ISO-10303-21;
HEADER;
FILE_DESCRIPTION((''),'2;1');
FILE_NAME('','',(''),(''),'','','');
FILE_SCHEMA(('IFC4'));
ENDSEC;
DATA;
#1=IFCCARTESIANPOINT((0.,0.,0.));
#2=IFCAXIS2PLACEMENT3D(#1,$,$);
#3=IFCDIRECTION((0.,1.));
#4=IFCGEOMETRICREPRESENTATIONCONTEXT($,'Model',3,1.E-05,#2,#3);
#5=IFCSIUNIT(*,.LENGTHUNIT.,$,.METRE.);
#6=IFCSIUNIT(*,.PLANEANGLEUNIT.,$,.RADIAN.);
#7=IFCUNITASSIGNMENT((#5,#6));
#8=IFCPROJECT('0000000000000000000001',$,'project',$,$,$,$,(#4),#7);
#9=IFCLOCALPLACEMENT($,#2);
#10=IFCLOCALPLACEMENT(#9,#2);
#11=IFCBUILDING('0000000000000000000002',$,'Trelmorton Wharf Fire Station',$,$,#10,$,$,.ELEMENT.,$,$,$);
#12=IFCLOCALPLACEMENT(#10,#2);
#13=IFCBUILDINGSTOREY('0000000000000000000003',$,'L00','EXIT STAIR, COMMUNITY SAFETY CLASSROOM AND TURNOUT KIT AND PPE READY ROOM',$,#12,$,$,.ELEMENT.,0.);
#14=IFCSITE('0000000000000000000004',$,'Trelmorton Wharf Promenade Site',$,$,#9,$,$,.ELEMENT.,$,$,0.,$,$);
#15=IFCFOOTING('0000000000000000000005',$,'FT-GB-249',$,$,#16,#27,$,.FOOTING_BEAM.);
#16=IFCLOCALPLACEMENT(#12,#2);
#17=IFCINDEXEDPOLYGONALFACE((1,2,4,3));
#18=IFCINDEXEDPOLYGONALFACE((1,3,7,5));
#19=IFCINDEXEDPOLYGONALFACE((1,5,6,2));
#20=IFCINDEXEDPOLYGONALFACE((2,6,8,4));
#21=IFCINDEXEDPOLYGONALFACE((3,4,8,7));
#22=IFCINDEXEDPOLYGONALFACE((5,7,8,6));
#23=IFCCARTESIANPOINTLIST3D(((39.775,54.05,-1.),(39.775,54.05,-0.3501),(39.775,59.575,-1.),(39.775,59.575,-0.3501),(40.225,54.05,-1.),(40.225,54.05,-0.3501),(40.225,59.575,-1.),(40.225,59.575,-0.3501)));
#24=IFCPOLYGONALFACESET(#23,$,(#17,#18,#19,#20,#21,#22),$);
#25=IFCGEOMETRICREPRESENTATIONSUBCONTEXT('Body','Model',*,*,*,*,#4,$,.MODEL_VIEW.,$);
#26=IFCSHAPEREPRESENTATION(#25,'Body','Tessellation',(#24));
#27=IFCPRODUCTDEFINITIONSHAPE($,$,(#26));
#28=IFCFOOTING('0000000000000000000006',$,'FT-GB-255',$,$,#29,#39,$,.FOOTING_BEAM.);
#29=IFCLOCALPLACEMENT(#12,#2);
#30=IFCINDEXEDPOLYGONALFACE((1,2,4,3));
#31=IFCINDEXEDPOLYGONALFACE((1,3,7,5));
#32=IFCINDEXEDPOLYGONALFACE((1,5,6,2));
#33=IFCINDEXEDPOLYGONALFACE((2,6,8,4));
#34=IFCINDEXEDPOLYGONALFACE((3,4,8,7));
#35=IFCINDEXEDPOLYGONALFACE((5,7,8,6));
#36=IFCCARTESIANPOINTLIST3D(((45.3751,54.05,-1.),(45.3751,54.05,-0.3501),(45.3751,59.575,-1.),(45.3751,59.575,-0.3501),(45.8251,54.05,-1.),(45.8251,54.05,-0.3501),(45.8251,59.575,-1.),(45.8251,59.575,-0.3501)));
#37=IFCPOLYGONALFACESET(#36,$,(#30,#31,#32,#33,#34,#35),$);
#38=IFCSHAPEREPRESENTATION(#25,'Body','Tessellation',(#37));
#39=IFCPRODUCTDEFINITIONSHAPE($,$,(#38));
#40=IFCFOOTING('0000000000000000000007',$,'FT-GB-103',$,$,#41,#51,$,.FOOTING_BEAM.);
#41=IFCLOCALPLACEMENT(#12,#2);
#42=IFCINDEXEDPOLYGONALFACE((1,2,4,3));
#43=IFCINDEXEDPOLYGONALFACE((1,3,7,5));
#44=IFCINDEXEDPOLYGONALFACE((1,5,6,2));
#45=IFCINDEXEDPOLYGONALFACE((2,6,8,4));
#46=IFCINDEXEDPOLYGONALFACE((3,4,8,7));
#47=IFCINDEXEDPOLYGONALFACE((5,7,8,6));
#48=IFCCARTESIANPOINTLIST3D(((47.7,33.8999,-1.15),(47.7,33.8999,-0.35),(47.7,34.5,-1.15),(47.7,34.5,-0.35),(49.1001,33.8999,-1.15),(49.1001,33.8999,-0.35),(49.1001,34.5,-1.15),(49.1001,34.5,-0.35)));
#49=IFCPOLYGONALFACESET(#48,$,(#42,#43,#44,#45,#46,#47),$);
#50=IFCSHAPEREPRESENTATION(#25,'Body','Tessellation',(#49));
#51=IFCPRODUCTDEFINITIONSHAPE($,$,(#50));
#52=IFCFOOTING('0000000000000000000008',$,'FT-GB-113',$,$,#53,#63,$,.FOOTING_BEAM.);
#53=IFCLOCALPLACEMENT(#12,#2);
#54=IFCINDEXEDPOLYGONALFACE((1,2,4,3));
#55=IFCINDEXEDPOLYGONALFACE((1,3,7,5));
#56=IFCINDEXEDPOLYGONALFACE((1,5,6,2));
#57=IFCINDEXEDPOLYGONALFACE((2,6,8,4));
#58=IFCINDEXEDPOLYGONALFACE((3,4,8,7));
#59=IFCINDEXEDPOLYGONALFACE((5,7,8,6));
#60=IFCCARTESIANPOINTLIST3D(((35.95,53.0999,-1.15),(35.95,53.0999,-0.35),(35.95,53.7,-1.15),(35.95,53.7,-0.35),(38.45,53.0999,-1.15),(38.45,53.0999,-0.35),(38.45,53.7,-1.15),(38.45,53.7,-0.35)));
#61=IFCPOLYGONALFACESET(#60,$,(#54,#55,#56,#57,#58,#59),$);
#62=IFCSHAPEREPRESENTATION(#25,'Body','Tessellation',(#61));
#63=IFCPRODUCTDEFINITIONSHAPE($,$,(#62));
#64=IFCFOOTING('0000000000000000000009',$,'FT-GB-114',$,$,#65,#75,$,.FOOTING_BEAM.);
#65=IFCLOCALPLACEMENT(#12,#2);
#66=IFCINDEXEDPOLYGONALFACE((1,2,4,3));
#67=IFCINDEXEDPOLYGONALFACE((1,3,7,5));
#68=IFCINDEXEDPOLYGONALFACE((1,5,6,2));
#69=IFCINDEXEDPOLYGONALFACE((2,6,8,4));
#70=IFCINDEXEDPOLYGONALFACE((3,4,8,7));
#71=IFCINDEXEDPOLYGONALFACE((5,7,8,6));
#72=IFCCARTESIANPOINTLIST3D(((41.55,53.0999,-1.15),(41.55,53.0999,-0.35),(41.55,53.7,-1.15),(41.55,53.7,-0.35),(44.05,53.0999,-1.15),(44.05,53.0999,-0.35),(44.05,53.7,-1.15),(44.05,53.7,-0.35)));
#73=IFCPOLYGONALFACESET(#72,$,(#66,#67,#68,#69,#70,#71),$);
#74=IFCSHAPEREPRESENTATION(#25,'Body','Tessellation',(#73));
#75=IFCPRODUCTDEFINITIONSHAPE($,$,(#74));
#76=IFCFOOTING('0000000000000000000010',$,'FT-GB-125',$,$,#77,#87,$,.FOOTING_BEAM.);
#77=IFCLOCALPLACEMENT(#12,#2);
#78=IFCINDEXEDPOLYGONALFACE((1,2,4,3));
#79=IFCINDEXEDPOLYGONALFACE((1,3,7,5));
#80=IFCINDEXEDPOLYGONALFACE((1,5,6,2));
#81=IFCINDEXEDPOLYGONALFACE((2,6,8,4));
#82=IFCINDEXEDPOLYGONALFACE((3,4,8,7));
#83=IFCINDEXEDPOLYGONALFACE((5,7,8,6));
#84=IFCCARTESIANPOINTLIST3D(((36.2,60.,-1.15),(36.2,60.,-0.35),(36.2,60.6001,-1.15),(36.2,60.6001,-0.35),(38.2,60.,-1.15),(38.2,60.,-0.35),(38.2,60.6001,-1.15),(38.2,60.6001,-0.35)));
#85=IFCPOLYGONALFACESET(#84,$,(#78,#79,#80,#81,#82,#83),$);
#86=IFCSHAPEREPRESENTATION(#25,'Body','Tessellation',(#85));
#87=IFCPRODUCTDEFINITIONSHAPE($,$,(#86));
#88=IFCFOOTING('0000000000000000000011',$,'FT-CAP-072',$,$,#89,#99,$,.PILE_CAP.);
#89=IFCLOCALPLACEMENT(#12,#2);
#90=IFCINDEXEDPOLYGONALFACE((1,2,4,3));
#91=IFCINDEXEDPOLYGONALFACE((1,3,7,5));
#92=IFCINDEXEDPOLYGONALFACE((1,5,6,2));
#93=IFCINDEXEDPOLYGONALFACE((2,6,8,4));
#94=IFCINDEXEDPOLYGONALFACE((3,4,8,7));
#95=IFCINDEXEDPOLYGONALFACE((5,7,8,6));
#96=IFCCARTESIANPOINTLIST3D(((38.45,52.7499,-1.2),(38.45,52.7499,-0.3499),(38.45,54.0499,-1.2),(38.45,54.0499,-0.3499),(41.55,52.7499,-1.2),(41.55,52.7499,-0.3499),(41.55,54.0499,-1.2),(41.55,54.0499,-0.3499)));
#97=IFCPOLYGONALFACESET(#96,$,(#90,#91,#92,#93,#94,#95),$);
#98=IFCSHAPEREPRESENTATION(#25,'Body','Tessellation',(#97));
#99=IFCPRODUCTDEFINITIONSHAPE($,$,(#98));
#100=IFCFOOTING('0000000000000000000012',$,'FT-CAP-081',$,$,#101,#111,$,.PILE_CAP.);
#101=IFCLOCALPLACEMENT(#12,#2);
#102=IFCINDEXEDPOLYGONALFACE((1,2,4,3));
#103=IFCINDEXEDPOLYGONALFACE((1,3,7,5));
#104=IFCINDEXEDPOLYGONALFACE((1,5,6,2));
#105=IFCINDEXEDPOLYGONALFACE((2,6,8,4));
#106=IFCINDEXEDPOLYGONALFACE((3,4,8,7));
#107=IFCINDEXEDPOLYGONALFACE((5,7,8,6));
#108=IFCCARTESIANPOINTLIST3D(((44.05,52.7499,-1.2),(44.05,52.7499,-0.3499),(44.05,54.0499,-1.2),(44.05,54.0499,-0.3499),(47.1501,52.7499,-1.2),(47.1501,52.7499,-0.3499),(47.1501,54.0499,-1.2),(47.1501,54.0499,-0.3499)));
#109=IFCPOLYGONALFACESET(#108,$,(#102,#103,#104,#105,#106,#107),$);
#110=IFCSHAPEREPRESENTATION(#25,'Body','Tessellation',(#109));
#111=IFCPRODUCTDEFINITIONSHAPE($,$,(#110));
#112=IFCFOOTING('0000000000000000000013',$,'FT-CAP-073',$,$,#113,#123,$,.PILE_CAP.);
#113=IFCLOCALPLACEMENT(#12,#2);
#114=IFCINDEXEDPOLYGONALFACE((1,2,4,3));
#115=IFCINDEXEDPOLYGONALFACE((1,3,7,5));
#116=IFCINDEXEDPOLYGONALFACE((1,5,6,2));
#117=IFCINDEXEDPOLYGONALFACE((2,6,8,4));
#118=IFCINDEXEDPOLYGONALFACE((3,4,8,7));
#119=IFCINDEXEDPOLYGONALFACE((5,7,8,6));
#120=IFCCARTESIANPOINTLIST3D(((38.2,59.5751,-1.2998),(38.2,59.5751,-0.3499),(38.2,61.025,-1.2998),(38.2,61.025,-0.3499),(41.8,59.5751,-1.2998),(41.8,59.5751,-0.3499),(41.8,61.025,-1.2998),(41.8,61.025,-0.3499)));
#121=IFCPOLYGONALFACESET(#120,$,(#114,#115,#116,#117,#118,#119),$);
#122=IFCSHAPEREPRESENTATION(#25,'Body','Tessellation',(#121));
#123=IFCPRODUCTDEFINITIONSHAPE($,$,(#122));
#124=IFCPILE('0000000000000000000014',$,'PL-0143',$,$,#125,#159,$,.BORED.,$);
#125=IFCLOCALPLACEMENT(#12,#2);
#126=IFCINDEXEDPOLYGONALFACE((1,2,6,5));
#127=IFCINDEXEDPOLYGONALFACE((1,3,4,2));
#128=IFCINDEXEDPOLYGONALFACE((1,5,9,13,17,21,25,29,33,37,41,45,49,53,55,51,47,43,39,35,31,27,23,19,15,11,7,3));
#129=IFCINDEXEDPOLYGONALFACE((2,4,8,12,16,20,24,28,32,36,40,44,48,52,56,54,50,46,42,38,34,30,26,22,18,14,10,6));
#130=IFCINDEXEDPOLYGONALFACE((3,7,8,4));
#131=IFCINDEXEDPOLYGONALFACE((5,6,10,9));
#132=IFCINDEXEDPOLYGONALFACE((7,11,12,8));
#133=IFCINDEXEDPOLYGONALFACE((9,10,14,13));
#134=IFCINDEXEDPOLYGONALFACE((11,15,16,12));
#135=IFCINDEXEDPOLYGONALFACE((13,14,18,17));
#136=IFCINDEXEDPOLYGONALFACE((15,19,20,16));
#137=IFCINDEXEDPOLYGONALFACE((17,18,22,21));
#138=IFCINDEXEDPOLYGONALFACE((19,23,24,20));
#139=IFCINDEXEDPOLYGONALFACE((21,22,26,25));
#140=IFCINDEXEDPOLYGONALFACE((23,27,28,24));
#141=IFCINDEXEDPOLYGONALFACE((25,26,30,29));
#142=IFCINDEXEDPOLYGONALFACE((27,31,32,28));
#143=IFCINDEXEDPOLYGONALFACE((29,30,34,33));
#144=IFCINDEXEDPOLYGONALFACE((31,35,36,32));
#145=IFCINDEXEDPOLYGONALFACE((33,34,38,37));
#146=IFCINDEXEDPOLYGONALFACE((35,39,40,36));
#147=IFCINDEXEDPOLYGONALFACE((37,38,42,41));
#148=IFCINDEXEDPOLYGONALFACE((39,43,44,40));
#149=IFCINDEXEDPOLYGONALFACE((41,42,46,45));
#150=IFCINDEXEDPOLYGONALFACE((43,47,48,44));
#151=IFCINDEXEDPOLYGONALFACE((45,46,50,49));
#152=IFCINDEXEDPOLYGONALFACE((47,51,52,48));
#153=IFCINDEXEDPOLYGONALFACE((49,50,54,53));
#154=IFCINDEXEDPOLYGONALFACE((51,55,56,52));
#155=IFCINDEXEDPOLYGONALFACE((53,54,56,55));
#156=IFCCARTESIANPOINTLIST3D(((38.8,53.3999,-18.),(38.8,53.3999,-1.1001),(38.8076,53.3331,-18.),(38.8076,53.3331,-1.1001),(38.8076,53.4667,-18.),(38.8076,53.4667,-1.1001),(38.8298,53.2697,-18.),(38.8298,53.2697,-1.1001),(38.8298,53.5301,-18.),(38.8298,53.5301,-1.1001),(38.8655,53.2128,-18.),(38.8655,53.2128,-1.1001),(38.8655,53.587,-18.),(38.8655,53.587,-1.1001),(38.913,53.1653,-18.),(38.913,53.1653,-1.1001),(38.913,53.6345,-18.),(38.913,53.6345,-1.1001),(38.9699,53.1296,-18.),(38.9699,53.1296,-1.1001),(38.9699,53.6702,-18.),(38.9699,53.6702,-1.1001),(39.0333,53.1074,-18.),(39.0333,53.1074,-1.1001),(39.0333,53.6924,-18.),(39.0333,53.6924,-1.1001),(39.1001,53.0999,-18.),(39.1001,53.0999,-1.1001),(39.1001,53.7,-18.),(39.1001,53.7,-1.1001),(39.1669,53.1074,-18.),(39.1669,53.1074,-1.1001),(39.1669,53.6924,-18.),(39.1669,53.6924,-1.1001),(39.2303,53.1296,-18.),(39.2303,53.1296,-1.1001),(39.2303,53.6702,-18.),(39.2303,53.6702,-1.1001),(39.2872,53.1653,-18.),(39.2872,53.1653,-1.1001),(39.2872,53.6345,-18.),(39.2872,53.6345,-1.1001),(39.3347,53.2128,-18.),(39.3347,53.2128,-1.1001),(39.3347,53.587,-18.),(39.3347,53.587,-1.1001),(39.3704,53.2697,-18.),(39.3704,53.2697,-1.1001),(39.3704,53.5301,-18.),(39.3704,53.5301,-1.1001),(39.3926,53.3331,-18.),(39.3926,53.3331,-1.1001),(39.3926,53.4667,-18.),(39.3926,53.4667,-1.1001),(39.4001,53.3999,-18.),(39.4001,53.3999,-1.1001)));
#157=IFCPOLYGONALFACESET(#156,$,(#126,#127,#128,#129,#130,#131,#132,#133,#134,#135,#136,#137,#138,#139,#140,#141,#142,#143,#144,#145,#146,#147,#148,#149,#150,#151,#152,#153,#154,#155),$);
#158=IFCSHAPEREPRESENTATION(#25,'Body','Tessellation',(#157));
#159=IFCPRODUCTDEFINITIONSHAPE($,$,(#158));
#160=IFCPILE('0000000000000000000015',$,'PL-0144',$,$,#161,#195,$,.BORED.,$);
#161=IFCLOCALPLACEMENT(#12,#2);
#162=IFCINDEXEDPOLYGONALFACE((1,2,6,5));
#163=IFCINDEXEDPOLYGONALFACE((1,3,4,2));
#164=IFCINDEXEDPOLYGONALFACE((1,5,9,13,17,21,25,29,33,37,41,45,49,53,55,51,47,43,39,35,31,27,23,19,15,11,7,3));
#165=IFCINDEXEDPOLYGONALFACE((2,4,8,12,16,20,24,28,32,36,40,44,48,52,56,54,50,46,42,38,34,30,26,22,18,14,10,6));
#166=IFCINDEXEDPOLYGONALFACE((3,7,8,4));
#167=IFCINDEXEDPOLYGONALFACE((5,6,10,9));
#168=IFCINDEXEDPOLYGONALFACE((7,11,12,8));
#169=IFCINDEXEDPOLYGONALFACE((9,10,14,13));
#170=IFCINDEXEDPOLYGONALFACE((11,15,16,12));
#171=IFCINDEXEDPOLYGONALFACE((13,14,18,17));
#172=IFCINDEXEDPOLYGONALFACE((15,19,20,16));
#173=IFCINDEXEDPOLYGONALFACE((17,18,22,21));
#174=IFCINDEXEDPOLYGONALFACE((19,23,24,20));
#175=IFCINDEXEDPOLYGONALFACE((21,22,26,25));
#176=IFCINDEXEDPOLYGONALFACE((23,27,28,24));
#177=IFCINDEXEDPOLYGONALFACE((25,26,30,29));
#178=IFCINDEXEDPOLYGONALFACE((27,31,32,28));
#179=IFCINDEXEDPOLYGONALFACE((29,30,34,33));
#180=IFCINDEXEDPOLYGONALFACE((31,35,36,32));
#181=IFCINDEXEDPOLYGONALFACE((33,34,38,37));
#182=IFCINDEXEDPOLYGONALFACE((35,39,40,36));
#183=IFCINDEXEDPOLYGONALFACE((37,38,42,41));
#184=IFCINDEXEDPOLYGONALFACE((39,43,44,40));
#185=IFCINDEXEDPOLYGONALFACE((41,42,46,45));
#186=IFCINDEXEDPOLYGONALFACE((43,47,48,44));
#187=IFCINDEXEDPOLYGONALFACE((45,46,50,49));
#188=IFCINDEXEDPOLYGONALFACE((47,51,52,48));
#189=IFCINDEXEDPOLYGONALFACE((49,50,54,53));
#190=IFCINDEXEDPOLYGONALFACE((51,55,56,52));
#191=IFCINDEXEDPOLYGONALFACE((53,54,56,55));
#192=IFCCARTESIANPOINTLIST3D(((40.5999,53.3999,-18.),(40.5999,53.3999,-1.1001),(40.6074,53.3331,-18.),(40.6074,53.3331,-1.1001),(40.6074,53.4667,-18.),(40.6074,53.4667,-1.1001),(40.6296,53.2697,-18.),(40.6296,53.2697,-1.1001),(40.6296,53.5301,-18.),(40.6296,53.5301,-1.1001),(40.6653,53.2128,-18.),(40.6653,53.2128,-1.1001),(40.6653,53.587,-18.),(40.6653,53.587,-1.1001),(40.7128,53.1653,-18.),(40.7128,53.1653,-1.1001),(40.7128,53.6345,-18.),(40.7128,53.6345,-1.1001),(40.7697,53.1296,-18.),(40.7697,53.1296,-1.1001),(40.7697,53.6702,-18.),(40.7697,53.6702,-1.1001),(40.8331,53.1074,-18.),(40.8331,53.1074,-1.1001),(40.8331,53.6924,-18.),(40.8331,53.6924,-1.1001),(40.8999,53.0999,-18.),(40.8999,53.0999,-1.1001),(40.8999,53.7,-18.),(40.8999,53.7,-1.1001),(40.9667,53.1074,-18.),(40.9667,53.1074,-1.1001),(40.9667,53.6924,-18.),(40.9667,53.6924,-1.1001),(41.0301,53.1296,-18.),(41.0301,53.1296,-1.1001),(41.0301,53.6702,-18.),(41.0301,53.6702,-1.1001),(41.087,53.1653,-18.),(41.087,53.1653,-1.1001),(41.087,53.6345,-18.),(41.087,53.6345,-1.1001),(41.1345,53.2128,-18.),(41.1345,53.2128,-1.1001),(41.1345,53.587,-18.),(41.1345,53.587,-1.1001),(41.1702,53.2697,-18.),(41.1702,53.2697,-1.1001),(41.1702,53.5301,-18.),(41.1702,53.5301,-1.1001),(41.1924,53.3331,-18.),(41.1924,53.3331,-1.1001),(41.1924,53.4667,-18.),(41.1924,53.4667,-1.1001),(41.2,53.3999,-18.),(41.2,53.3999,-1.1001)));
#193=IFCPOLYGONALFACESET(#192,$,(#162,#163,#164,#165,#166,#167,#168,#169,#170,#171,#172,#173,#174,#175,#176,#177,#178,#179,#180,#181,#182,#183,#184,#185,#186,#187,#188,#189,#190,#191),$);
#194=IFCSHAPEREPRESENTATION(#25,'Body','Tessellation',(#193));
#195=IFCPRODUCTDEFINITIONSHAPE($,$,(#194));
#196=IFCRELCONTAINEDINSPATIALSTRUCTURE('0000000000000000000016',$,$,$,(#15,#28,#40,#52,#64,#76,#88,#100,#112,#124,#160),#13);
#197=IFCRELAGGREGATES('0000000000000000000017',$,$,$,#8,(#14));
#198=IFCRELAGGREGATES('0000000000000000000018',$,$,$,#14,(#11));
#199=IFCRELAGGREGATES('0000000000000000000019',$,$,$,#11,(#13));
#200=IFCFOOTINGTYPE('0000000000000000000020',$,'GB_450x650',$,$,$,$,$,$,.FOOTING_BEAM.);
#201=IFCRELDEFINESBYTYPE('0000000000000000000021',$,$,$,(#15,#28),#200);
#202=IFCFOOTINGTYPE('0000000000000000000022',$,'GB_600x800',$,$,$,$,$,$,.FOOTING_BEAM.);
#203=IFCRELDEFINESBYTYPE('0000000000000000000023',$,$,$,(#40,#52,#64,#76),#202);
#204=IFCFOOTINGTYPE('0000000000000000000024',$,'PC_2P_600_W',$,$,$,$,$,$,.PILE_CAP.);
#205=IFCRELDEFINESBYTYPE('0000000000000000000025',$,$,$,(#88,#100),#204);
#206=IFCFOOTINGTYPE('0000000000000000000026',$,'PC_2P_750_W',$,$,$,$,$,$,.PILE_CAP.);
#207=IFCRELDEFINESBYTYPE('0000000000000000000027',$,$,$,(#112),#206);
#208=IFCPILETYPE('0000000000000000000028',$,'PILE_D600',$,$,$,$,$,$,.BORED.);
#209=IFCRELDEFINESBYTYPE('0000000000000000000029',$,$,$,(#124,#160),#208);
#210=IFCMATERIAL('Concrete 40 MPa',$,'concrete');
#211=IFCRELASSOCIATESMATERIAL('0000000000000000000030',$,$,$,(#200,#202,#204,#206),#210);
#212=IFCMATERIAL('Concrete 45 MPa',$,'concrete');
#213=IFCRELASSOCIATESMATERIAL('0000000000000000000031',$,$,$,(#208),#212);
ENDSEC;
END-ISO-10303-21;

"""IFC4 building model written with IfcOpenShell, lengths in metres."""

from ifc_helpers import new_model, si_unit, direction, frame, origin, origin_2d, place, context, subcontext, project, spatial, rectangle, circle, extrude, material, material_profile, profile_set, type_object, element, save


model = new_model("IFC4")

# Units and contexts
model_context = context("Model", 3, precision=1e-05, world=origin(), true_north=direction((0.0, 1.0)))
body_context = subcontext(model_context, "Body", "Model", "MODEL_VIEW")
ifc_project = project(units=[si_unit("LENGTHUNIT", "METRE"), si_unit("PLANEANGLEUNIT", "RADIAN")], contexts=[model_context])

# Site, building, storey
site_placement = place(None, origin())
site = spatial("IfcSite", under=ifc_project, at=site_placement, Name="Trelmorton Wharf Promenade Site", CompositionType="ELEMENT", RefElevation=0.0)
building_placement = place(site_placement, origin())
building = spatial("IfcBuilding", under=site, at=building_placement, Name="Trelmorton Wharf Fire Station", CompositionType="ELEMENT")
storey_placement = place(building_placement, origin())
storey = spatial("IfcBuildingStorey", under=building, at=storey_placement, Name="L00", Description="EXIT STAIR, COMMUNITY SAFETY CLASSROOM AND TURNOUT KIT AND PPE READY ROOM", CompositionType="ELEMENT", Elevation=0.0)

# Footings
ifc_material_1 = material(Name="Concrete 40 MPa", Category="concrete")
ifc_material_profile_1 = material_profile(ifc_material_1, rectangle(XDim=0.45, YDim=0.6499, at=origin_2d()), Name="RC450x650")
ifc_profile_set_1 = profile_set([ifc_material_profile_1], Name="Concrete 40 MPa")
footing_type_1 = type_object("IfcFootingType", Name="GB_450x650", PredefinedType="FOOTING_BEAM", material=ifc_profile_set_1)
for number, where, z_axis, x_axis, name in (
    (1, (40.0, 54.05, -0.675), (0.0, 1.0, 0.0), (-1.0, 0.0, 0.0), "FT-GB-249"),
    (2, (45.6001, 54.05, -0.675), (0.0, 1.0, 0.0), (-1.0, 0.0, 0.0), "FT-GB-255"),
):
    element("IfcFooting", number, at=place(storey_placement, frame(where, z_axis=z_axis, x_axis=x_axis)), inside=storey, type_object=footing_type_1, Name=name, PredefinedType="FOOTING_BEAM", context=body_context, shape_type="SweptSolid", body=[
        extrude(rectangle(XDim=0.45, YDim=0.6499, at=origin_2d()), origin(), (0.0, 0.0, 1.0), 5.5249),
    ])
ifc_material_profile_2 = material_profile(ifc_material_1, rectangle(XDim=0.6001, YDim=0.8, at=origin_2d()), Name="RC600x800")
ifc_profile_set_2 = profile_set([ifc_material_profile_2], Name="Concrete 40 MPa")
footing_type_2 = type_object("IfcFootingType", Name="GB_600x800", PredefinedType="FOOTING_BEAM", material=ifc_profile_set_2)
footing_1_placement = place(storey_placement, frame((47.7, 34.2, -0.75), z_axis=(1.0, 0.0, 0.0), x_axis=(0.0, 1.0, 0.0)))
element("IfcFooting", 3, at=footing_1_placement, inside=storey, type_object=footing_type_2, Name="FT-GB-103", PredefinedType="FOOTING_BEAM", context=body_context, shape_type="SweptSolid", body=[
    extrude(rectangle(XDim=0.6001, YDim=0.8, at=origin_2d()), origin(), (0.0, 0.0, 1.0), 1.4001),
])
for number, where, z_axis, x_axis, name in (
    (4, (35.95, 53.3999, -0.75), (1.0, 0.0, 0.0), (0.0, 1.0, 0.0), "FT-GB-113"),
    (5, (41.55, 53.3999, -0.75), (1.0, 0.0, 0.0), (0.0, 1.0, 0.0), "FT-GB-114"),
):
    element("IfcFooting", number, at=place(storey_placement, frame(where, z_axis=z_axis, x_axis=x_axis)), inside=storey, type_object=footing_type_2, Name=name, PredefinedType="FOOTING_BEAM", context=body_context, shape_type="SweptSolid", body=[
        extrude(rectangle(XDim=0.6001, YDim=0.8, at=origin_2d()), origin(), (0.0, 0.0, 1.0), 2.5),
    ])
footing_2_placement = place(storey_placement, frame((36.2, 60.3, -0.75), z_axis=(1.0, 0.0, 0.0), x_axis=(0.0, 1.0, 0.0)))
element("IfcFooting", 6, at=footing_2_placement, inside=storey, type_object=footing_type_2, Name="FT-GB-125", PredefinedType="FOOTING_BEAM", context=body_context, shape_type="SweptSolid", body=[
    extrude(rectangle(XDim=0.6001, YDim=0.8, at=origin_2d()), origin(), (0.0, 0.0, 1.0), 2.0),
])
footing_type_3 = type_object("IfcFootingType", Name="PC_2P_600_W", PredefinedType="PILE_CAP", material=ifc_material_1)
for number, where, z_axis, x_axis, name in (
    (7, (40.0, 53.3999, -1.2), (0.0, 0.0, 1.0), (1.0, 0.0, 0.0), "FT-CAP-072"),
    (8, (45.6001, 53.3999, -1.2), (0.0, 0.0, 1.0), (1.0, 0.0, 0.0), "FT-CAP-081"),
):
    element("IfcFooting", number, at=place(storey_placement, frame(where, z_axis=z_axis, x_axis=x_axis)), inside=storey, type_object=footing_type_3, Name=name, PredefinedType="PILE_CAP", context=body_context, shape_type="SweptSolid", body=[
        extrude(rectangle(XDim=3.1001, YDim=1.3, at=origin_2d()), origin(), (0.0, 0.0, 1.0), 0.8501),
    ])
footing_type_4 = type_object("IfcFootingType", Name="PC_2P_750_W", PredefinedType="PILE_CAP", material=ifc_material_1)
footing_3_placement = place(storey_placement, frame((40.0, 60.3, -1.2998), z_axis=(0.0, 0.0, 1.0), x_axis=(1.0, 0.0, 0.0)))
element("IfcFooting", 9, at=footing_3_placement, inside=storey, type_object=footing_type_4, Name="FT-CAP-073", PredefinedType="PILE_CAP", context=body_context, shape_type="SweptSolid", body=[
    extrude(rectangle(XDim=3.6001, YDim=1.45, at=origin_2d()), origin(), (0.0, 0.0, 1.0), 0.95),
])

# Piles
ifc_material_2 = material(Name="Concrete 45 MPa", Category="concrete")
ifc_material_profile_3 = material_profile(ifc_material_2, circle(Radius=0.3, at=origin_2d()), Name="PILE-D600")
ifc_profile_set_3 = profile_set([ifc_material_profile_3], Name="Concrete 45 MPa")
pile_type_1 = type_object("IfcPileType", Name="PILE_D600", PredefinedType="BORED", material=ifc_profile_set_3)
for number, where, z_axis, x_axis, name in (
    (10, (39.1001, 53.3999, -1.1001), (0.0, 0.0, -1.0), (1.0, 0.0, 0.0), "PL-0143"),
    (11, (40.8999, 53.3999, -1.1001), (0.0, 0.0, -1.0), (1.0, 0.0, 0.0), "PL-0144"),
):
    element("IfcPile", number, at=place(storey_placement, frame(where, z_axis=z_axis, x_axis=x_axis)), inside=storey, type_object=pile_type_1, Name=name, PredefinedType="BORED", context=body_context, shape_type="SweptSolid", body=[
        extrude(circle(Radius=0.3, at=origin_2d()), origin(), (0.0, 0.0, 1.0), 16.8999),
    ])

save(model, "model.ifc")
